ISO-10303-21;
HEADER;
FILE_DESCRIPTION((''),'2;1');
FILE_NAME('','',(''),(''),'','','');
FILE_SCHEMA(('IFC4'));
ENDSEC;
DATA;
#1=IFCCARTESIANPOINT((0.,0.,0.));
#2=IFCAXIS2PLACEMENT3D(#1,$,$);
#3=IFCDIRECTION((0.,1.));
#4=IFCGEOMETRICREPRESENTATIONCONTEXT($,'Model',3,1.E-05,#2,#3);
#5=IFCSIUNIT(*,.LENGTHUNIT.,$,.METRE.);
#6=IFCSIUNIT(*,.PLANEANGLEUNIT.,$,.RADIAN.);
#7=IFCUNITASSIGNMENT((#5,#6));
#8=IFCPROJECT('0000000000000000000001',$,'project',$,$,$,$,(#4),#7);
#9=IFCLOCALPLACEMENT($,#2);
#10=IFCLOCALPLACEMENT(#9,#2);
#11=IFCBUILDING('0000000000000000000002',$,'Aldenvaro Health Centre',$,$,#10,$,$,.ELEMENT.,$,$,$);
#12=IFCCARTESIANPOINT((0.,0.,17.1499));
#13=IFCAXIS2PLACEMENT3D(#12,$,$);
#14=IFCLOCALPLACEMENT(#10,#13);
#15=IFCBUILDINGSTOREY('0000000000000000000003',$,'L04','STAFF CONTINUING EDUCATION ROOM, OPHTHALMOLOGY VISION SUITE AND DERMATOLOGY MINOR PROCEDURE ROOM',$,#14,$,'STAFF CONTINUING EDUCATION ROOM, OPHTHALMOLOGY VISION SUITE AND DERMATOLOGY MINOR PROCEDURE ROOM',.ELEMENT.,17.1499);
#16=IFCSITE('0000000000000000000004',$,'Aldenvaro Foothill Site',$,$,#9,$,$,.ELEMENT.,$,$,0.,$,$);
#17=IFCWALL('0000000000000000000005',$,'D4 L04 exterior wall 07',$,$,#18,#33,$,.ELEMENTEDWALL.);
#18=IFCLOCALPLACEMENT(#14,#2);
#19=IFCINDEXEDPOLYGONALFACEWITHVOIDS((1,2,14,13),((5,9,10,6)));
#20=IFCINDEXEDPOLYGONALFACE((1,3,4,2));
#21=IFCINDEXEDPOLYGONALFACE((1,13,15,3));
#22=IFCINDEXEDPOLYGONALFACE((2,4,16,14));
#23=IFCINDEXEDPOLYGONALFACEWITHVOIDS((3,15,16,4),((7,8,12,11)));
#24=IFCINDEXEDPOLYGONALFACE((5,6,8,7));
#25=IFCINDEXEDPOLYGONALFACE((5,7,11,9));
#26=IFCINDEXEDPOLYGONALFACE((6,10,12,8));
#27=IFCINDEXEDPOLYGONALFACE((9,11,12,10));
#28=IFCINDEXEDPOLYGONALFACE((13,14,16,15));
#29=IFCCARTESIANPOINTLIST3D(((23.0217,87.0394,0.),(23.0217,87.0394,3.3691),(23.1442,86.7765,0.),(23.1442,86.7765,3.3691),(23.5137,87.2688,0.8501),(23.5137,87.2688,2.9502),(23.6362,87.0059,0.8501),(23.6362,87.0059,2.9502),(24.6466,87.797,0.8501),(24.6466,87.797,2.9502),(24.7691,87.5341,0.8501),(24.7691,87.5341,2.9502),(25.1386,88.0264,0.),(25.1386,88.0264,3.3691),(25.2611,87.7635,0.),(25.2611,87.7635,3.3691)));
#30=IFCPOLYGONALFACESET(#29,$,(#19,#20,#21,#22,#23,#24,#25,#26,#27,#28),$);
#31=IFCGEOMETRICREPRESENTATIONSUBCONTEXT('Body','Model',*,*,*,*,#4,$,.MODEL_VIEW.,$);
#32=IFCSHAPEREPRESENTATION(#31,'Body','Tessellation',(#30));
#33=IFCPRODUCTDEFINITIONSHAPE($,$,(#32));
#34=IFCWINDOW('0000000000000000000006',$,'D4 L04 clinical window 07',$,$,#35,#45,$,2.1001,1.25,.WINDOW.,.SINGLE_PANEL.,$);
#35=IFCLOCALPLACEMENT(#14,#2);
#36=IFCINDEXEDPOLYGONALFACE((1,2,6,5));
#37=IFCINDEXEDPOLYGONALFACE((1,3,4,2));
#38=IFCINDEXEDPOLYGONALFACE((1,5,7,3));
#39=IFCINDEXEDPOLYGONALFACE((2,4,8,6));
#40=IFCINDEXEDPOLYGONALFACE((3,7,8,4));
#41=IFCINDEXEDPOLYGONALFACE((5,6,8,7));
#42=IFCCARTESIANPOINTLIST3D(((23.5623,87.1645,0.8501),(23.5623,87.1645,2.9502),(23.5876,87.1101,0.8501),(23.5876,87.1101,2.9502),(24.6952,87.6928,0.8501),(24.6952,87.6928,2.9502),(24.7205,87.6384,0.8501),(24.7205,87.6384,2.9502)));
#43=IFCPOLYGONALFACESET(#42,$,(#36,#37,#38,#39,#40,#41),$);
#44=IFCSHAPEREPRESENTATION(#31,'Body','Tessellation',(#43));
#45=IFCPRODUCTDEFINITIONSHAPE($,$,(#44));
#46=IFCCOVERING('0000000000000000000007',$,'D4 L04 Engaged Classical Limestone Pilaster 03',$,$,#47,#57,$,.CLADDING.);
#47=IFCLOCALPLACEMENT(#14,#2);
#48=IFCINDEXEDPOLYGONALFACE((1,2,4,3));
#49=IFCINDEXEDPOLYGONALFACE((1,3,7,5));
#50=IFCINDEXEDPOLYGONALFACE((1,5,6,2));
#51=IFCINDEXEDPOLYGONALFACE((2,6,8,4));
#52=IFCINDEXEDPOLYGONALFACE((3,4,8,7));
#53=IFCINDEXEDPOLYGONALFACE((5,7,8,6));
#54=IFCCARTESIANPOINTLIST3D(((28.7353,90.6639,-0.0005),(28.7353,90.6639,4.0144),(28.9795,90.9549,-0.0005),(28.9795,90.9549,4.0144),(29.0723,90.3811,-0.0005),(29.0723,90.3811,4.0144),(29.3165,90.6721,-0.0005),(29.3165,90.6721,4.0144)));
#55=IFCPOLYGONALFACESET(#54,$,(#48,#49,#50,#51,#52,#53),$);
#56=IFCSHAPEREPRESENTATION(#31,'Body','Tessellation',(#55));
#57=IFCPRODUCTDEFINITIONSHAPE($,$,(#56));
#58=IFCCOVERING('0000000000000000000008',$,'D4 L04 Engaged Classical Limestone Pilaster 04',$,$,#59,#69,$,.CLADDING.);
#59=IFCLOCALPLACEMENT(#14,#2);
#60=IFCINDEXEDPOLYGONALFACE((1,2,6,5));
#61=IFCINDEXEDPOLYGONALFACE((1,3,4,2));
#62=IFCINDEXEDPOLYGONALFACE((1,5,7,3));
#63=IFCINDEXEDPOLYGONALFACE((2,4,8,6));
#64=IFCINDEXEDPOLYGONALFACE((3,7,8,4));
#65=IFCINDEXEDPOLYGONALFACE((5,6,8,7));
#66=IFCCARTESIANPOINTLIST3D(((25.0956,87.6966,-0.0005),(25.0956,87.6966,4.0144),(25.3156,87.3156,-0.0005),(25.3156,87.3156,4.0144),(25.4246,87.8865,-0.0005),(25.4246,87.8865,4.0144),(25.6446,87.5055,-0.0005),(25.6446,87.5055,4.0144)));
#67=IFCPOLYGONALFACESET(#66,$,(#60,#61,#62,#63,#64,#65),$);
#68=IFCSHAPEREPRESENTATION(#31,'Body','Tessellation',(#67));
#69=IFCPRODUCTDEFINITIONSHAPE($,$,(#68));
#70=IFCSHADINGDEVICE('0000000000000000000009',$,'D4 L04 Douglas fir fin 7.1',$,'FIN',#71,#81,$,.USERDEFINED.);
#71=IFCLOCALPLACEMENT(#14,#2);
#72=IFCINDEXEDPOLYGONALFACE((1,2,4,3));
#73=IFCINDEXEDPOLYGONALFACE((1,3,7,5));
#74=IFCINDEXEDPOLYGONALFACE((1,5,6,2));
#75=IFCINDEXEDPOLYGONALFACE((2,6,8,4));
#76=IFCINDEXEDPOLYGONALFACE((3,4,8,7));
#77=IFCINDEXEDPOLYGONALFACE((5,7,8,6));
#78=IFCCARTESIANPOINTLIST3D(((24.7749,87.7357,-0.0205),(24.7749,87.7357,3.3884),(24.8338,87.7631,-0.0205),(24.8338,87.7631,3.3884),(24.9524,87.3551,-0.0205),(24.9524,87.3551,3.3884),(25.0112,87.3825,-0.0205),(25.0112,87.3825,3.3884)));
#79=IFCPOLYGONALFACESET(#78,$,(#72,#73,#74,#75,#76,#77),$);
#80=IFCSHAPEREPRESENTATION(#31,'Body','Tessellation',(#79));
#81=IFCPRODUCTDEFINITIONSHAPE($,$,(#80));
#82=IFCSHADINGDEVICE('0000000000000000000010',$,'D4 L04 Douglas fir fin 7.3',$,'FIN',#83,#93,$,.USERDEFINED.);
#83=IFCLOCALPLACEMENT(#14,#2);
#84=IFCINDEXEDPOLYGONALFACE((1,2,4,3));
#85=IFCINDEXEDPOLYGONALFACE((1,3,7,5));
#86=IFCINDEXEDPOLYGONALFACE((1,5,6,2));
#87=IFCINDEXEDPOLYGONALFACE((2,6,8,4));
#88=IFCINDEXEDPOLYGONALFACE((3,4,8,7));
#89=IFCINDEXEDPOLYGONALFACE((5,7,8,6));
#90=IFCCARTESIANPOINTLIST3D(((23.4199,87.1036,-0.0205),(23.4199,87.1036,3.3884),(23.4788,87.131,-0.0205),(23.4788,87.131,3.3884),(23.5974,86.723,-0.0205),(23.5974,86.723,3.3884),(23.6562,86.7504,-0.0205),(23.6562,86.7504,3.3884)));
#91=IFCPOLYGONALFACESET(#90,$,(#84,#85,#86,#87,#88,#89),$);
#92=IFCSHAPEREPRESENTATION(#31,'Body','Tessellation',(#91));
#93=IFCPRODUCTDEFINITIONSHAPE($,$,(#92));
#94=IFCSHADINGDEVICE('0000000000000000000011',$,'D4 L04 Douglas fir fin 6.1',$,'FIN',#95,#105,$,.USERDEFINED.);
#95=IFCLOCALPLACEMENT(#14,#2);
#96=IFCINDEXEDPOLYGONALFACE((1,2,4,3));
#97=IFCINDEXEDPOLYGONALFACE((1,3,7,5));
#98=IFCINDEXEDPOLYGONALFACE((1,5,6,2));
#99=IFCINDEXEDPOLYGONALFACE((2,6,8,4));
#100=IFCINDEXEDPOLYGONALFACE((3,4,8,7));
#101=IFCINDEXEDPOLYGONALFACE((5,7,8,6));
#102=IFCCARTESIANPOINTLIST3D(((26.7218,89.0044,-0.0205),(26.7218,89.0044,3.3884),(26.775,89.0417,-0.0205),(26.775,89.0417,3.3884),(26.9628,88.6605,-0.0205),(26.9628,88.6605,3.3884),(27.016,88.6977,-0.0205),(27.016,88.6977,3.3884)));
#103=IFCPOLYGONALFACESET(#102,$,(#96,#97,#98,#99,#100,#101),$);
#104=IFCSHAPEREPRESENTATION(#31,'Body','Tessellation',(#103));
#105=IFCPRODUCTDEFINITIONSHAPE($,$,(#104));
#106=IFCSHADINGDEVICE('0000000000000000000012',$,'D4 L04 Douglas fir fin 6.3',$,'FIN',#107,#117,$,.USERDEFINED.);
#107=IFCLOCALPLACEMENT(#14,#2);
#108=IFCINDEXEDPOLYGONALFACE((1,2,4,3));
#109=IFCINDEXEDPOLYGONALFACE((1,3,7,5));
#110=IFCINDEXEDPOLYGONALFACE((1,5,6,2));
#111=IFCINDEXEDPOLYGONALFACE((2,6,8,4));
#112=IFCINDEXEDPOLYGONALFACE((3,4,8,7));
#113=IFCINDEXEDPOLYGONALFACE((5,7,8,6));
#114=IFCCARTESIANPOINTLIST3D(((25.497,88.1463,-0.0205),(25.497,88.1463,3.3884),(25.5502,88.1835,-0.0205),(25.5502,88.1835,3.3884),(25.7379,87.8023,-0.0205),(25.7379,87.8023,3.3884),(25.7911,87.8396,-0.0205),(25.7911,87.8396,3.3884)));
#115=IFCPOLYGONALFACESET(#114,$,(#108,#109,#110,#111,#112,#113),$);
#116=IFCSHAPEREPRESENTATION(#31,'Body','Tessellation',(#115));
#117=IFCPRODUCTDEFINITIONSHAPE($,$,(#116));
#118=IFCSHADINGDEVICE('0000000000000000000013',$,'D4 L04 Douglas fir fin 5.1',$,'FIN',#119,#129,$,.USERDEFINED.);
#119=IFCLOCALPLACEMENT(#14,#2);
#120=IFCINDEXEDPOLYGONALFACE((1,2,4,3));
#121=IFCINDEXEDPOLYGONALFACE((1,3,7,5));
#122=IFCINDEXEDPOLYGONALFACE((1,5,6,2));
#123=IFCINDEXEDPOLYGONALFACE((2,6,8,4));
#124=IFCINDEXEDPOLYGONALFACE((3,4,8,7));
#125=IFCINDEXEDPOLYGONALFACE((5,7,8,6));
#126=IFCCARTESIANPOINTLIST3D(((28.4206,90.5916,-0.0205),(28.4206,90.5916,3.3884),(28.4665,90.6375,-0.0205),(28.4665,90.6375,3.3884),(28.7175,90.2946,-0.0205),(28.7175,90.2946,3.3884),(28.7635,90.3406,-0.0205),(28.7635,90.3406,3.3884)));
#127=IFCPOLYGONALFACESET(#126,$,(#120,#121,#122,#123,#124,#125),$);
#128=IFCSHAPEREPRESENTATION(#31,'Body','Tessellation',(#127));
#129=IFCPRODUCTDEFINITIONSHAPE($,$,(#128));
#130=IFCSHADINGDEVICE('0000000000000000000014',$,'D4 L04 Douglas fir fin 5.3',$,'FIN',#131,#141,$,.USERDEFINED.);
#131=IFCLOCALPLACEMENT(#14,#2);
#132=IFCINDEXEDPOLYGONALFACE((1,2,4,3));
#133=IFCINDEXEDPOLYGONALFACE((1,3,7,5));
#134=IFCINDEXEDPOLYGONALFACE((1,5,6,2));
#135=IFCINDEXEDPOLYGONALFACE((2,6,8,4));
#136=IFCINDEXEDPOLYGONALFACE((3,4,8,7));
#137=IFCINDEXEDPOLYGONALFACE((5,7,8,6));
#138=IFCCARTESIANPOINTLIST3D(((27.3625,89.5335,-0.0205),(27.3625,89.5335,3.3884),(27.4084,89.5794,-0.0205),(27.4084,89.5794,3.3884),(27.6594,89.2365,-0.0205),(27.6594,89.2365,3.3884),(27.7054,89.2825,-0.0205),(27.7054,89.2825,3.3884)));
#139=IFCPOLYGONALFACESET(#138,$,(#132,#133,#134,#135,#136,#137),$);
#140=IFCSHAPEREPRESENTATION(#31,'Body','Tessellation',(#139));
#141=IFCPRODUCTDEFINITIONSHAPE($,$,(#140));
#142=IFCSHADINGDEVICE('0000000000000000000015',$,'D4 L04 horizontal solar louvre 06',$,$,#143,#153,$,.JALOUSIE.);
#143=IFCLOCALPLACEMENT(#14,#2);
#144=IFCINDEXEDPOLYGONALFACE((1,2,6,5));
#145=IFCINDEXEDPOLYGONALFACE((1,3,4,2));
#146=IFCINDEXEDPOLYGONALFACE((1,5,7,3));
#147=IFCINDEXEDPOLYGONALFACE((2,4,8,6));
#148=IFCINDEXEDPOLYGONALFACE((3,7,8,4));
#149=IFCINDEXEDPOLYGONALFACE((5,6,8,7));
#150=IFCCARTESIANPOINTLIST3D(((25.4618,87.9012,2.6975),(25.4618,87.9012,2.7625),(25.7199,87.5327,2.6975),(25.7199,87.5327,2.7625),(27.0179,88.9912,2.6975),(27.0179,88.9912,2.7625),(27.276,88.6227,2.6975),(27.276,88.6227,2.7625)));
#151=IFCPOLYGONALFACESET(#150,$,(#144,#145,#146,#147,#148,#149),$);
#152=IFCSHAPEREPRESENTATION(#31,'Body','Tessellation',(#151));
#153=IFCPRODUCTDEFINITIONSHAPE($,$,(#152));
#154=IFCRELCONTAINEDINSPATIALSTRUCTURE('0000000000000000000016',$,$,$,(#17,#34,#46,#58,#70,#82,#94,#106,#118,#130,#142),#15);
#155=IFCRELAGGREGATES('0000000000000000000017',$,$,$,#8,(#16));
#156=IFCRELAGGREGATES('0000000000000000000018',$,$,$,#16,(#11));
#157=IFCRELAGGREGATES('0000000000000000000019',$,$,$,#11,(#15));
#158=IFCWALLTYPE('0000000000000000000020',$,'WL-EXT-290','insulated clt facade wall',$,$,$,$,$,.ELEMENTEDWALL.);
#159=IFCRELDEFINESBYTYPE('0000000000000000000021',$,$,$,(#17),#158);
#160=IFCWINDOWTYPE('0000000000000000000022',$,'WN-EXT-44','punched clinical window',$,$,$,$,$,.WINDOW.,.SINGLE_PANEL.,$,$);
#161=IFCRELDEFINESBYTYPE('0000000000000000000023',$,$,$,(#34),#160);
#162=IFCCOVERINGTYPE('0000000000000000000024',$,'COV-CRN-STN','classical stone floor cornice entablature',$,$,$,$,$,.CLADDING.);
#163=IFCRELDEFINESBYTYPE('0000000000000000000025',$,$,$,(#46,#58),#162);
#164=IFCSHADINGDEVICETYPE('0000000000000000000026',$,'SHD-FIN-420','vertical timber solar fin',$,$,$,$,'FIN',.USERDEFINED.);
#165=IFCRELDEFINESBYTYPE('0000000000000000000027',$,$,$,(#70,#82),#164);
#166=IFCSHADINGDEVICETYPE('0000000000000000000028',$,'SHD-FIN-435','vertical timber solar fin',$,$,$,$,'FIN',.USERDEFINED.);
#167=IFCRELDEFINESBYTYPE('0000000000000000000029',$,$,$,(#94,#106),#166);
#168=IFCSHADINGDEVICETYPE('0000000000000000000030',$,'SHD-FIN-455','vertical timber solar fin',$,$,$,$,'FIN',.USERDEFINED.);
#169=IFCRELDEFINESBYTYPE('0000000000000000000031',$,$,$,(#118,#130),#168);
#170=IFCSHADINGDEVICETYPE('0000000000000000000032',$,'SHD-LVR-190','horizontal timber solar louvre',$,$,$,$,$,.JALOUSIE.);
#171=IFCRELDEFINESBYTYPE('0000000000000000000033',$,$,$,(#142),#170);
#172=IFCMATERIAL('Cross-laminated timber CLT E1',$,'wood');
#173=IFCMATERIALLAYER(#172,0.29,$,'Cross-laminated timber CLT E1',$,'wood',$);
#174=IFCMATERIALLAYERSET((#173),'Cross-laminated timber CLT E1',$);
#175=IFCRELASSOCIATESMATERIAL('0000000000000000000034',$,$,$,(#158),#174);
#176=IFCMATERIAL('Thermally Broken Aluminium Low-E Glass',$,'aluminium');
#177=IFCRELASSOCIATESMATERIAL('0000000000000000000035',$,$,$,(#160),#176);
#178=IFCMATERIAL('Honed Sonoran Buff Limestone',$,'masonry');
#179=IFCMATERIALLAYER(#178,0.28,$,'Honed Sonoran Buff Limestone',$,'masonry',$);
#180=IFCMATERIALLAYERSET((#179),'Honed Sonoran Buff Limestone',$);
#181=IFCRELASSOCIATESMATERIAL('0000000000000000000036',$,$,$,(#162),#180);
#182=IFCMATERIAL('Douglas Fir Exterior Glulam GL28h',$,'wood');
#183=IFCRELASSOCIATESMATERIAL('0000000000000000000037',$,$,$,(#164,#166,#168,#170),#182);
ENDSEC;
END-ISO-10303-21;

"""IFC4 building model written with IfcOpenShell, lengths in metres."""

from ifc_helpers import new_model, si_unit, direction, frame, frame_2d, origin, origin_2d, place, context, subcontext, project, spatial, rectangle, extrude, material, layer, layer_set, type_object, element, fill, save


model = new_model("IFC4")

# Units and contexts
model_context = context("Model", 3, precision=1e-05, world=origin(), true_north=direction((0.0, 1.0)))
body_context = subcontext(model_context, "Body", "Model", "MODEL_VIEW")
ifc_project = project(units=[si_unit("LENGTHUNIT", "METRE"), si_unit("PLANEANGLEUNIT", "RADIAN")], contexts=[model_context])

# Site, building, storey
site_placement = place(None, origin())
site = spatial("IfcSite", under=ifc_project, at=site_placement, Name="Aldenvaro Foothill Site", CompositionType="ELEMENT", RefElevation=0.0)
building_placement = place(site_placement, origin())
building = spatial("IfcBuilding", under=site, at=building_placement, Name="Aldenvaro Health Centre", CompositionType="ELEMENT")
storey_placement = place(building_placement, frame((0.0, 0.0, 17.1499)))
storey = spatial("IfcBuildingStorey", under=building, at=storey_placement, Name="L04", Description="STAFF CONTINUING EDUCATION ROOM, OPHTHALMOLOGY VISION SUITE AND DERMATOLOGY MINOR PROCEDURE ROOM", LongName="STAFF CONTINUING EDUCATION ROOM, OPHTHALMOLOGY VISION SUITE AND DERMATOLOGY MINOR PROCEDURE ROOM", CompositionType="ELEMENT", Elevation=17.1499)

# Wall, opening, window
ifc_material_1 = material(Name="Cross-laminated timber CLT E1", Category="wood")
ifc_layer_1 = layer(ifc_material_1, 0.29, Name="Cross-laminated timber CLT E1", Category="wood")
ifc_layer_set_1 = layer_set([ifc_layer_1], Name="Cross-laminated timber CLT E1")
wall_type = type_object("IfcWallType", Name="WL-EXT-290", Description="insulated clt facade wall", PredefinedType="ELEMENTEDWALL", material=ifc_layer_set_1)
ifc_material_2 = material(Name="Thermally Broken Aluminium Low-E Glass", Category="aluminium")
wall_1_placement = place(storey_placement, frame((25.2, 87.895, 0.0), z_axis=(0.0, 0.0, 1.0), x_axis=(-0.906322, -0.422588, 0.0)))
wall_1 = element("IfcWall", 1, at=wall_1_placement, inside=storey, type_object=wall_type, Name="D4 L04 exterior wall 07", PredefinedType="ELEMENTEDWALL", context=body_context, shape_type="SweptSolid", body=[
    extrude(rectangle(XDim=2.3357, YDim=0.29, at=frame_2d((1.168, 0.0))), origin(), (0.0, 0.0, 1.0), 3.3691),
])
opening_1_placement = place(wall_1_placement, frame((0.543, 0.0, 0.8501)))
opening_1 = element("IfcOpeningElement", 2, at=opening_1_placement, cuts=wall_1, PredefinedType="OPENING", context=body_context, shape_type="SweptSolid", body=[
    extrude(rectangle(XDim=1.25, YDim=2.1001, at=frame_2d((0.625, 1.05))), frame((0.0, 0.155, 0.0), z_axis=(0.0, -1.0, 0.0), x_axis=(1.0, 0.0, 0.0)), (0.0, 0.0, 1.0), 0.3101),
])
window_type_1 = type_object("IfcWindowType", Name="WN-EXT-44", Description="punched clinical window", PartitioningType="SINGLE_PANEL", PredefinedType="WINDOW", material=ifc_material_2)
window_1_placement = place(opening_1_placement, origin())
window_1 = element("IfcWindow", 3, at=window_1_placement, inside=storey, type_object=window_type_1, Name="D4 L04 clinical window 07", OverallHeight=2.1001, OverallWidth=1.25, PartitioningType="SINGLE_PANEL", PredefinedType="WINDOW", context=body_context, shape_type="SweptSolid", body=[
    extrude(rectangle(XDim=1.25, YDim=2.1001, at=frame_2d((0.625, 1.05))), frame((0.0, 0.03, 0.0), z_axis=(0.0, -1.0, 0.0), x_axis=(1.0, 0.0, 0.0)), (0.0, 0.0, 1.0), 0.0601),
])
fill(opening_1, window_1)

# Coverings
ifc_material_3 = material(Name="Honed Sonoran Buff Limestone", Category="masonry")
ifc_layer_2 = layer(ifc_material_3, 0.28, Name="Honed Sonoran Buff Limestone", Category="masonry")
ifc_layer_set_2 = layer_set([ifc_layer_2], Name="Honed Sonoran Buff Limestone")
covering_type = type_object("IfcCoveringType", Name="COV-CRN-STN", Description="classical stone floor cornice entablature", PredefinedType="CLADDING", material=ifc_layer_set_2)
for number, where, z_axis, x_axis, name in (
    (4, (29.0259, 90.668, -0.0005), (0.0, 0.0, 1.0), (0.766058, -0.642772, 0.0), "D4 L04 Engaged Classical Limestone Pilaster 03"),
    (5, (25.3701, 87.6011, -0.0005), (0.0, 0.0, 1.0), (0.499992, -0.86603, 0.0), "D4 L04 Engaged Classical Limestone Pilaster 04"),
):
    element("IfcCovering", number, at=place(storey_placement, frame(where, z_axis=z_axis, x_axis=x_axis)), inside=storey, type_object=covering_type, Name=name, PredefinedType="CLADDING", context=body_context, shape_type="SweptSolid", body=[
        extrude(rectangle(XDim=0.4399, YDim=0.3799, at=origin_2d()), origin(), (0.0, 0.0, 1.0), 4.0149),
    ])

# Shading devices
ifc_material_4 = material(Name="Douglas Fir Exterior Glulam GL28h", Category="wood")
shading_device_type_1 = type_object("IfcShadingDeviceType", Name="SHD-FIN-420", Description="vertical timber solar fin", ElementType="FIN", PredefinedType="USERDEFINED", material=ifc_material_4)
for number, where, z_axis, x_axis, name in (
    (6, (24.8931, 87.5591, -0.0205), (0.0, 0.0, 1.0), (-0.906336, -0.422557, 0.0), "D4 L04 Douglas fir fin 7.1"),
    (7, (23.5381, 86.927, -0.0205), (0.0, 0.0, 1.0), (-0.906336, -0.422557, 0.0), "D4 L04 Douglas fir fin 7.3"),
):
    element("IfcShadingDevice", number, at=place(storey_placement, frame(where, z_axis=z_axis, x_axis=x_axis)), inside=storey, type_object=shading_device_type_1, Name=name, ObjectType="FIN", PredefinedType="USERDEFINED", context=body_context, shape_type="SweptSolid", body=[
        extrude(rectangle(XDim=0.0649, YDim=0.4199, at=origin_2d()), origin(), (0.0, 0.0, 1.0), 3.4089),
    ])
shading_device_type_2 = type_object("IfcShadingDeviceType", Name="SHD-FIN-435", Description="vertical timber solar fin", ElementType="FIN", PredefinedType="USERDEFINED", material=ifc_material_4)
for number, where, z_axis, x_axis, name in (
    (8, (26.8689, 88.8511, -0.0205), (0.0, 0.0, 1.0), (-0.819051, -0.573721, 0.0), "D4 L04 Douglas fir fin 6.1"),
    (9, (25.644, 87.9929, -0.0205), (0.0, 0.0, 1.0), (-0.819051, -0.573721, 0.0), "D4 L04 Douglas fir fin 6.3"),
):
    element("IfcShadingDevice", number, at=place(storey_placement, frame(where, z_axis=z_axis, x_axis=x_axis)), inside=storey, type_object=shading_device_type_2, Name=name, ObjectType="FIN", PredefinedType="USERDEFINED", context=body_context, shape_type="SweptSolid", body=[
        extrude(rectangle(XDim=0.0649, YDim=0.4199, at=origin_2d()), origin(), (0.0, 0.0, 1.0), 3.4089),
    ])
shading_device_type_3 = type_object("IfcShadingDeviceType", Name="SHD-FIN-455", Description="vertical timber solar fin", ElementType="FIN", PredefinedType="USERDEFINED", material=ifc_material_4)
for number, where, z_axis, x_axis, name in (
    (10, (28.592, 90.4661, -0.0205), (0.0, 0.0, 1.0), (-0.707107, -0.707107, 0.0), "D4 L04 Douglas fir fin 5.1"),
    (11, (27.5339, 89.408, -0.0205), (0.0, 0.0, 1.0), (-0.707107, -0.707107, 0.0), "D4 L04 Douglas fir fin 5.3"),
):
    element("IfcShadingDevice", number, at=place(storey_placement, frame(where, z_axis=z_axis, x_axis=x_axis)), inside=storey, type_object=shading_device_type_3, Name=name, ObjectType="FIN", PredefinedType="USERDEFINED", context=body_context, shape_type="SweptSolid", body=[
        extrude(rectangle(XDim=0.0649, YDim=0.4199, at=origin_2d()), origin(), (0.0, 0.0, 1.0), 3.4089),
    ])
shading_device_type_4 = type_object("IfcShadingDeviceType", Name="SHD-LVR-190", Description="horizontal timber solar louvre", PredefinedType="JALOUSIE", material=ifc_material_4)
shading_device_placement = place(storey_placement, frame((26.3689, 88.262, 2.6975), z_axis=(0.0, 0.0, 1.0), x_axis=(-0.819051, -0.573721, 0.0)))
element("IfcShadingDevice", 12, at=shading_device_placement, inside=storey, type_object=shading_device_type_4, Name="D4 L04 horizontal solar louvre 06", PredefinedType="JALOUSIE", context=body_context, shape_type="SweptSolid", body=[
    extrude(rectangle(XDim=1.8999, YDim=0.45, at=origin_2d()), origin(), (0.0, 0.0, 1.0), 0.0649),
])

save(model, "model.ifc")
